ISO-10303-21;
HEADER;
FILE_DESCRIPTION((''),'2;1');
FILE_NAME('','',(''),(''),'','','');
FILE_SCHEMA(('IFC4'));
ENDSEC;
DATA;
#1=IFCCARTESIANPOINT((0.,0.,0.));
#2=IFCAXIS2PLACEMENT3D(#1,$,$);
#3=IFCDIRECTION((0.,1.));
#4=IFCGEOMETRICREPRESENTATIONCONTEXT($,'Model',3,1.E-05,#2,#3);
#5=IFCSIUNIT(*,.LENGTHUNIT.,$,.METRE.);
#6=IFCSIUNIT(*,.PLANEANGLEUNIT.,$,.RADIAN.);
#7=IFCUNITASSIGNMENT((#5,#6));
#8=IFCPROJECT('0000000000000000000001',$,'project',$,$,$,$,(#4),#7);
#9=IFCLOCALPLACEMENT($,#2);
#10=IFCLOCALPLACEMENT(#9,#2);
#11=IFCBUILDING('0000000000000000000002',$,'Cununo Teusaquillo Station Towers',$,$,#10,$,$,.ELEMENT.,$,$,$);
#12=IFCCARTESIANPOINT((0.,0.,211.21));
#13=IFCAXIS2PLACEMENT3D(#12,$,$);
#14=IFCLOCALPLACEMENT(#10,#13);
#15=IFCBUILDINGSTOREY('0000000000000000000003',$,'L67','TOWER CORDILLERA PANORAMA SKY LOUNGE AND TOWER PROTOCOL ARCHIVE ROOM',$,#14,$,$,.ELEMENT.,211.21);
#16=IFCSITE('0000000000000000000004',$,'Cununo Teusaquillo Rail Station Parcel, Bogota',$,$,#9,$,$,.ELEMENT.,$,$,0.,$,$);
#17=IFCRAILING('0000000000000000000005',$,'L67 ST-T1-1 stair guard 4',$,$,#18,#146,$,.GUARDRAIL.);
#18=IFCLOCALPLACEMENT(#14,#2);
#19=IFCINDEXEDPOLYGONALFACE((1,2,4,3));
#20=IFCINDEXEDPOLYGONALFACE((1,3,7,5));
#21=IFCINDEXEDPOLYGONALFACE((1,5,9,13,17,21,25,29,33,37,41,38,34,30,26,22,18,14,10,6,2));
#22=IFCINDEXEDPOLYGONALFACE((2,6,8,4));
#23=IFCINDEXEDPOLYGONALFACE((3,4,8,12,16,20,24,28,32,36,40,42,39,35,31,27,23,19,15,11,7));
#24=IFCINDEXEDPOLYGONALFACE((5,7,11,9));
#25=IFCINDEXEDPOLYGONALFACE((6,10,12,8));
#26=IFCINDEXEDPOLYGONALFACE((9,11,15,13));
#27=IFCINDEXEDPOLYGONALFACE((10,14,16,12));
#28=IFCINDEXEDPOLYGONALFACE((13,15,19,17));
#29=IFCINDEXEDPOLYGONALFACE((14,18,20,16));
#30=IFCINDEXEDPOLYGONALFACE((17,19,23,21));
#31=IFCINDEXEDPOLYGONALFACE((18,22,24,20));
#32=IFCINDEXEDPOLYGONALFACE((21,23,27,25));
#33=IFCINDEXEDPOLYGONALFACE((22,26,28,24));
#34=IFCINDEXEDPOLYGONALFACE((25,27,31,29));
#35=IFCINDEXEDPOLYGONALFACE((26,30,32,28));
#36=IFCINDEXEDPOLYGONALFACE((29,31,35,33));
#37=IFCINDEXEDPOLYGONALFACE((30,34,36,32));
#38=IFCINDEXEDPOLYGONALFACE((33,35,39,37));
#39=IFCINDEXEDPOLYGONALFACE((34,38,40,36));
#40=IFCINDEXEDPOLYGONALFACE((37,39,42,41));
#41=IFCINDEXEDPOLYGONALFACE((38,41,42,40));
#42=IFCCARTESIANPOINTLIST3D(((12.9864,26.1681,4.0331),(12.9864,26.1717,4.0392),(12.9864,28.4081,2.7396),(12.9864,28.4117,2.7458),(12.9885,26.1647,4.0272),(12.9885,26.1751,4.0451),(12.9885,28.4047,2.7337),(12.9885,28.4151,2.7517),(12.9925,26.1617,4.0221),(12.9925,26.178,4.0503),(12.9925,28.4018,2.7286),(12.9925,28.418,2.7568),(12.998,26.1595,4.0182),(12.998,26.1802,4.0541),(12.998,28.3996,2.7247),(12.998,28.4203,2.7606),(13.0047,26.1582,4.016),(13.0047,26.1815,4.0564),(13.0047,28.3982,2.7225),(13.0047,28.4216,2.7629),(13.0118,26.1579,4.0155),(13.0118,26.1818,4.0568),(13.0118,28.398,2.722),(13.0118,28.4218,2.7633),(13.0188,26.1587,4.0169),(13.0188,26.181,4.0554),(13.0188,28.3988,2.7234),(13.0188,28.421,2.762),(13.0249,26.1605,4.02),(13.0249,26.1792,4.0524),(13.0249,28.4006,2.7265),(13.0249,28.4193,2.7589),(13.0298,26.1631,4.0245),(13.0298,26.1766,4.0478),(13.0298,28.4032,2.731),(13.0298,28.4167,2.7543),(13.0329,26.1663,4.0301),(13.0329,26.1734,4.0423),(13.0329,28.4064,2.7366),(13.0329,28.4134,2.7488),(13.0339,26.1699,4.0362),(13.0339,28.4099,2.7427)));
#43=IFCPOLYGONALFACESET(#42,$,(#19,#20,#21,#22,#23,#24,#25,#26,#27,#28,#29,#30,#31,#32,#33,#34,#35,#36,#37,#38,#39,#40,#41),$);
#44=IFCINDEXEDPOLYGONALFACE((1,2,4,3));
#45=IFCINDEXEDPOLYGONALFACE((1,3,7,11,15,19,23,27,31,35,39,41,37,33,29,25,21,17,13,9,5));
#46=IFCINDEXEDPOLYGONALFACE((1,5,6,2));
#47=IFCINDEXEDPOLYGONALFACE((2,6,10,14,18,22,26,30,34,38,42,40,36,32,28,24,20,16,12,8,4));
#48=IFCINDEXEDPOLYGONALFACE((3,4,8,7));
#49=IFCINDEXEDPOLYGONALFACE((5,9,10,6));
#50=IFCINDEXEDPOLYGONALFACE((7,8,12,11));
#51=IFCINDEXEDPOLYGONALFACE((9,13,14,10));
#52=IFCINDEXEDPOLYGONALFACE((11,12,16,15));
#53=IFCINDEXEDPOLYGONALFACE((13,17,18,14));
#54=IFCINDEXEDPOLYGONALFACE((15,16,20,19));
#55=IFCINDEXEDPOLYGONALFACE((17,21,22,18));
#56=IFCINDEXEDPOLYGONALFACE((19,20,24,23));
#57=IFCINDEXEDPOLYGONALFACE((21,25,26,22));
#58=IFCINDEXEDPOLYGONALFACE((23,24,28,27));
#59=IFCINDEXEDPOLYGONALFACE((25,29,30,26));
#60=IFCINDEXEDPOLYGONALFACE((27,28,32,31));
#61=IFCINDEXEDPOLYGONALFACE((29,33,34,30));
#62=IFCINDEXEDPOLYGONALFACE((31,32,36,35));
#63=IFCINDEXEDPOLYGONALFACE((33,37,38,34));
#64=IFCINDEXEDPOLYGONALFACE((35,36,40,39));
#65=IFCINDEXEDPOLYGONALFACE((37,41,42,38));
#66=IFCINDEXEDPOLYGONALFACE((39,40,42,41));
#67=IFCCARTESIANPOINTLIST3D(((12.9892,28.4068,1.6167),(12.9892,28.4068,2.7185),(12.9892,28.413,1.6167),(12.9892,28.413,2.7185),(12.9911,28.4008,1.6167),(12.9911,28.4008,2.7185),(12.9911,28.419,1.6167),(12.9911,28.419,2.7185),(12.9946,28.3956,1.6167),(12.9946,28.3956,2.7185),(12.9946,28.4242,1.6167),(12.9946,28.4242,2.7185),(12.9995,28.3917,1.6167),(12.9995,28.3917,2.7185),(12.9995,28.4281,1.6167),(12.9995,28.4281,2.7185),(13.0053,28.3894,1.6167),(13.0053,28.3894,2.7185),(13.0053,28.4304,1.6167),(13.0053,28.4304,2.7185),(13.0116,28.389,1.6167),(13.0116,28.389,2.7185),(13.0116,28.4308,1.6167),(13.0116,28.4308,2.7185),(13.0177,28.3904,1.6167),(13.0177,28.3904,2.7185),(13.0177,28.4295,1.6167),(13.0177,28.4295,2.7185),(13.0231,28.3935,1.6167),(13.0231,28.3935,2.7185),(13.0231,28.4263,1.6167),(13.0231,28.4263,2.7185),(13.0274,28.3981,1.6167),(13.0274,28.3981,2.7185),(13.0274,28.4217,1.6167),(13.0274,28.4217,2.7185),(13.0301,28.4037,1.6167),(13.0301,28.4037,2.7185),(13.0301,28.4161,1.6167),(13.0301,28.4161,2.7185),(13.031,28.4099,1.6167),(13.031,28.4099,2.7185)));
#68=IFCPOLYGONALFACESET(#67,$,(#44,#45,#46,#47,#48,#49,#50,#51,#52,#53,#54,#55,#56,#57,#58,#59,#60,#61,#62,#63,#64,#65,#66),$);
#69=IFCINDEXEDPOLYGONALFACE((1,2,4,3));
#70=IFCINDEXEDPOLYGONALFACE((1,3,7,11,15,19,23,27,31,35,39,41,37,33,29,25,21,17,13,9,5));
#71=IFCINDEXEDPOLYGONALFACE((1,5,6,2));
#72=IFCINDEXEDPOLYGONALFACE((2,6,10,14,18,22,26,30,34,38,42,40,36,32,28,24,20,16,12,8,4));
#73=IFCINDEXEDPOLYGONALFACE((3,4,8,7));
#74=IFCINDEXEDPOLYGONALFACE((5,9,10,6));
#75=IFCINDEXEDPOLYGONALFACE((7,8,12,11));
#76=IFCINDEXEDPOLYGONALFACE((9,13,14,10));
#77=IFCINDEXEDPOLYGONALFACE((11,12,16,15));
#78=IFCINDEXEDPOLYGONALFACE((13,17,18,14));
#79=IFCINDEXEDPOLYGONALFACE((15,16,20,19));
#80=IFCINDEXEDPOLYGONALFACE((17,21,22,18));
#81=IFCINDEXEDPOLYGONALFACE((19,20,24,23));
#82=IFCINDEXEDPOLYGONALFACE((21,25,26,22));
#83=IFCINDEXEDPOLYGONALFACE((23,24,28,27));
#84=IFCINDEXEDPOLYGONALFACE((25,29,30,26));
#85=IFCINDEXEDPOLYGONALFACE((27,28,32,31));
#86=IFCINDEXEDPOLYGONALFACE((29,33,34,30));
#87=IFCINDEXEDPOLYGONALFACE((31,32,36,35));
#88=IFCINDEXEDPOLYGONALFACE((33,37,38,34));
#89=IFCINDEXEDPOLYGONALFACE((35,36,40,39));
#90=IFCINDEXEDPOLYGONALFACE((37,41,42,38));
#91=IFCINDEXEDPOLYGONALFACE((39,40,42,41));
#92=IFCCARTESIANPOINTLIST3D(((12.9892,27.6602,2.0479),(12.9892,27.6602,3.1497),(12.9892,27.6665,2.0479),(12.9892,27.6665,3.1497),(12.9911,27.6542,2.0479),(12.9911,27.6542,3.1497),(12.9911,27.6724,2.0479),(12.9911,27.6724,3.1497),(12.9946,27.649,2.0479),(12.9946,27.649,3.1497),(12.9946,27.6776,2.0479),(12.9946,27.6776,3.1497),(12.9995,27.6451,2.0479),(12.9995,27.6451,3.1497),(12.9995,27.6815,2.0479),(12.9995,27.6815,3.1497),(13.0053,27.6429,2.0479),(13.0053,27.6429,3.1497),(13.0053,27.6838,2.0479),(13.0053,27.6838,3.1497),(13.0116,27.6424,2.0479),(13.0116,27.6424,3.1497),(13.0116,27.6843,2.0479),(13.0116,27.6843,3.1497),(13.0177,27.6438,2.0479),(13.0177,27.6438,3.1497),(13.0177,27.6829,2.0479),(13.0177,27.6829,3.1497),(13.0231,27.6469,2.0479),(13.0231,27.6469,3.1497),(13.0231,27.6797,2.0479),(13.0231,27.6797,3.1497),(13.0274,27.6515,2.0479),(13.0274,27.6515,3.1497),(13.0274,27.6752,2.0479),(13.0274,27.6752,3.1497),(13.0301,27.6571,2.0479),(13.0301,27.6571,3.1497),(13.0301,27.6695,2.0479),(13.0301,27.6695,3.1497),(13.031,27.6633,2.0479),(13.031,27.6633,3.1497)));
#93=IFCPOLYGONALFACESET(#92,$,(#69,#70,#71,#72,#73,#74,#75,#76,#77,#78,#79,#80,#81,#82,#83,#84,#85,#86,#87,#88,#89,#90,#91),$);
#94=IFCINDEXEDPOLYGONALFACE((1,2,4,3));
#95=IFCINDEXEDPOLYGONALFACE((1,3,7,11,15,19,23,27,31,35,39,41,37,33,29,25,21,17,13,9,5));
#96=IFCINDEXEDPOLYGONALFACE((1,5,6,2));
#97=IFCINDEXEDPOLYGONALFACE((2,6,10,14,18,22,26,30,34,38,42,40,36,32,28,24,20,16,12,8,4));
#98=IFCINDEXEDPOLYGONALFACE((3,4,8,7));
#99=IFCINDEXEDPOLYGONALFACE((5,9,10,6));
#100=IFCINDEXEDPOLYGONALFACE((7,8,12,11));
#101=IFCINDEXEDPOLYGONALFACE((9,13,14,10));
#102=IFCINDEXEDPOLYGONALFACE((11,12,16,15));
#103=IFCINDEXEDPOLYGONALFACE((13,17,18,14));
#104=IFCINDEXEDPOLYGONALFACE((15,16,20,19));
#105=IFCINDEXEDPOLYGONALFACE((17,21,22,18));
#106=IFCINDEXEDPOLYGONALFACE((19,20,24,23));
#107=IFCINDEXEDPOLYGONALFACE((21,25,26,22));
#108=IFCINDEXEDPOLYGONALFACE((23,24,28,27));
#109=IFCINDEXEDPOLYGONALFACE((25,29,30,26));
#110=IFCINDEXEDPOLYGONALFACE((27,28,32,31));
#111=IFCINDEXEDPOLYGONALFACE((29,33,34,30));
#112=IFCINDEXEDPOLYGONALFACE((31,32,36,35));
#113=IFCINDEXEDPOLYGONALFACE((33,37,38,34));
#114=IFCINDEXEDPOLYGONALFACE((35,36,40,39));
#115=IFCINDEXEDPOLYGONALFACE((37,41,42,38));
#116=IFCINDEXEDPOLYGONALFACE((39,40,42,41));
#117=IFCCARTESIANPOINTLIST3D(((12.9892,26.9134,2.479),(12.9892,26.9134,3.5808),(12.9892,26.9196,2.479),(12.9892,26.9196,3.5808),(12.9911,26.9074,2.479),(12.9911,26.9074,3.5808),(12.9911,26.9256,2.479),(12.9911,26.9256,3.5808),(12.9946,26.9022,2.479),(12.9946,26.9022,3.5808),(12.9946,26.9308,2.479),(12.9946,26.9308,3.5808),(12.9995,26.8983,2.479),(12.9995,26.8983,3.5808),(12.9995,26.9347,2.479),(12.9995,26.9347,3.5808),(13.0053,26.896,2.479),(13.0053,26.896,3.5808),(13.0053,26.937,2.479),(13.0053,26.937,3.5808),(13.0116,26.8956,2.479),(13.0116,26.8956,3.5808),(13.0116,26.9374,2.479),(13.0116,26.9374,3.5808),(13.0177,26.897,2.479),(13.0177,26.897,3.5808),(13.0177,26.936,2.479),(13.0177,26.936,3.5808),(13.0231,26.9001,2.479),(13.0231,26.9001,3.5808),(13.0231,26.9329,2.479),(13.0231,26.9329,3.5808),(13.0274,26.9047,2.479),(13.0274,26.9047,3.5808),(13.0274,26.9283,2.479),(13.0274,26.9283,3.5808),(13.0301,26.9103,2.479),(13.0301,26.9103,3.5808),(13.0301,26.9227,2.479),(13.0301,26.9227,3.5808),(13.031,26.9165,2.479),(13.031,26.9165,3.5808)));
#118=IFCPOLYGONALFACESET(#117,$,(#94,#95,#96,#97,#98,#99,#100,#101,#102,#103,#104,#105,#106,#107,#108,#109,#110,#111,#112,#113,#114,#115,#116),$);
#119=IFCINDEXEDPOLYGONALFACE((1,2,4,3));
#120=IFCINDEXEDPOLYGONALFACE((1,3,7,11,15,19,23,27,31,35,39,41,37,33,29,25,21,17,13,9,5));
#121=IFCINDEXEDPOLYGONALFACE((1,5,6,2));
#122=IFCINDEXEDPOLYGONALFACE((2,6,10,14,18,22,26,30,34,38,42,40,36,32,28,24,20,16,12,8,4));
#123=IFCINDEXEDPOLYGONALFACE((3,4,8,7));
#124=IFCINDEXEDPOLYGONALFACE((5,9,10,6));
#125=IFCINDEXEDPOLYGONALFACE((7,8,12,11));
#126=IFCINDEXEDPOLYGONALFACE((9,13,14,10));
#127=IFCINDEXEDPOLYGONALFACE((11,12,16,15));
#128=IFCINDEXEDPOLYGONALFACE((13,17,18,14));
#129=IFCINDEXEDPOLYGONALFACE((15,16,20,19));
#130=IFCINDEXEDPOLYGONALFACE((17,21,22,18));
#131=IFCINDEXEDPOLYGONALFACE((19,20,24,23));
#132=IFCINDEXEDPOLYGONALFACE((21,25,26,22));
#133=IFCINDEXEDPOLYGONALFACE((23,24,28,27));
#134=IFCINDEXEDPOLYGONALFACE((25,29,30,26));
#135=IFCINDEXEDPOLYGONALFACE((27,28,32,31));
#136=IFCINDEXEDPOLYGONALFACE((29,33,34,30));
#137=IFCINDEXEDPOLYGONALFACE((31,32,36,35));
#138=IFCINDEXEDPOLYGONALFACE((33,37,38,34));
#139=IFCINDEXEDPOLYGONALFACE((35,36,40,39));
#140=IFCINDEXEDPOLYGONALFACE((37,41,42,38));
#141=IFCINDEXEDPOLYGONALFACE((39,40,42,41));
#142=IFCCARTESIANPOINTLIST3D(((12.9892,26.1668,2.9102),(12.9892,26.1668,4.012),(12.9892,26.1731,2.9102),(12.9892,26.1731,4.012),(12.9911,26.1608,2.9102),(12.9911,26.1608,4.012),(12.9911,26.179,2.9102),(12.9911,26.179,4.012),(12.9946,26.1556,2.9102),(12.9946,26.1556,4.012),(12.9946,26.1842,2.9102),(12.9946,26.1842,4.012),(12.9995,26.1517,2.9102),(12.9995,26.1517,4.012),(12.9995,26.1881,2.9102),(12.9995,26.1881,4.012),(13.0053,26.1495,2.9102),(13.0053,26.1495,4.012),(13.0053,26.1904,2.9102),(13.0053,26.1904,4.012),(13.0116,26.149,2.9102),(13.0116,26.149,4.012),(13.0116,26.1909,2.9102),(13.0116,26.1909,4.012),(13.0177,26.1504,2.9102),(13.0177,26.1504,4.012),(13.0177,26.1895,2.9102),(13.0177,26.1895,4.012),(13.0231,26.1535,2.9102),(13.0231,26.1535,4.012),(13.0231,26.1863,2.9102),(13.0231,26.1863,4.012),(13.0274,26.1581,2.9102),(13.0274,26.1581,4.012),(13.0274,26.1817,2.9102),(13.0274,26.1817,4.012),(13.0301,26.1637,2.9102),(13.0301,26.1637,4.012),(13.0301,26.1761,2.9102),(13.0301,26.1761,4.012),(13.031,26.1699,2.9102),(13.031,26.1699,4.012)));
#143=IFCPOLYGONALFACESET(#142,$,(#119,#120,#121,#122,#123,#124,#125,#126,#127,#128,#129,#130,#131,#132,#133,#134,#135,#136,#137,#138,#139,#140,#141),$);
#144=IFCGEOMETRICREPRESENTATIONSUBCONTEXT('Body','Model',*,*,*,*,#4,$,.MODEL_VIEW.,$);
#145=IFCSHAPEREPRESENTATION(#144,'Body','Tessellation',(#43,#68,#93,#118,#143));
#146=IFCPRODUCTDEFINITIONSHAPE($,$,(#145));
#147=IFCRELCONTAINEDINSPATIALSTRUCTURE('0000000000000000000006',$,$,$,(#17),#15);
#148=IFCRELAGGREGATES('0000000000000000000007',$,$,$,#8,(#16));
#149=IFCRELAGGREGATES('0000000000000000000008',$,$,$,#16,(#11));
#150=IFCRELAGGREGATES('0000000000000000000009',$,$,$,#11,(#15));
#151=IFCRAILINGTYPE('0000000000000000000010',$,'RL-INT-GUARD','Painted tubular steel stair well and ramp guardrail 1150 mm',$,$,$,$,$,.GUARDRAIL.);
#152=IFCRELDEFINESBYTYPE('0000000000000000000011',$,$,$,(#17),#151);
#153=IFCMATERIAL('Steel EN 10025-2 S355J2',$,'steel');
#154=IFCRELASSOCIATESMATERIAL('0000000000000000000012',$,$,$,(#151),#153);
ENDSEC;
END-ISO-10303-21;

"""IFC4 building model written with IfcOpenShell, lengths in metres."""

from ifc_helpers import new_model, si_unit, direction, frame, origin, origin_2d, place, context, subcontext, project, spatial, circle, extrude, material, type_object, element, save


model = new_model("IFC4")

# Units and contexts
model_context = context("Model", 3, precision=1e-05, world=origin(), true_north=direction((0.0, 1.0)))
body_context = subcontext(model_context, "Body", "Model", "MODEL_VIEW")
ifc_project = project(units=[si_unit("LENGTHUNIT", "METRE"), si_unit("PLANEANGLEUNIT", "RADIAN")], contexts=[model_context])

# Site, building, storey
site_placement = place(None, origin())
site = spatial("IfcSite", under=ifc_project, at=site_placement, Name="Cununo Teusaquillo Rail Station Parcel, Bogota", CompositionType="ELEMENT", RefElevation=0.0)
building_placement = place(site_placement, origin())
building = spatial("IfcBuilding", under=site, at=building_placement, Name="Cununo Teusaquillo Station Towers", CompositionType="ELEMENT")
storey_placement = place(building_placement, frame((0.0, 0.0, 211.21)))
storey = spatial("IfcBuildingStorey", under=building, at=storey_placement, Name="L67", Description="TOWER CORDILLERA PANORAMA SKY LOUNGE AND TOWER PROTOCOL ARCHIVE ROOM", CompositionType="ELEMENT", Elevation=211.21)

# Railing
ifc_material_1 = material(Name="Steel EN 10025-2 S355J2", Category="steel")
railing_type_1 = type_object("IfcRailingType", Name="RL-INT-GUARD", Description="Painted tubular steel stair well and ramp guardrail 1150 mm", PredefinedType="GUARDRAIL", material=ifc_material_1)
railing_1_placement = place(storey_placement, frame((13.01, 28.4099, 1.6167)))
element("IfcRailing", 1, at=railing_1_placement, inside=storey, type_object=railing_type_1, Name="L67 ST-T1-1 stair guard 4", PredefinedType="GUARDRAIL", context=body_context, shape_type="SweptSolid", body=[
    extrude(circle(Radius=0.0239, at=origin_2d()), frame((0.0, 0.0, 1.126), z_axis=(0.0, -0.865992, 0.500057), x_axis=(1.0, 0.0, 0.0)), (0.0, 0.0, 1.0), 2.5867),
    extrude(circle(Radius=0.021, at=origin_2d()), origin(), (0.0, 0.0, 1.0), 1.1018),
    extrude(circle(Radius=0.021, at=origin_2d()), frame((0.0, -0.7466, 0.4312)), (0.0, 0.0, 1.0), 1.1018),
    extrude(circle(Radius=0.021, at=origin_2d()), frame((0.0, -1.4934, 0.8623)), (0.0, 0.0, 1.0), 1.1018),
    extrude(circle(Radius=0.021, at=origin_2d()), frame((0.0, -2.24, 1.2935)), (0.0, 0.0, 1.0), 1.1018),
])

save(model, "model.ifc")
